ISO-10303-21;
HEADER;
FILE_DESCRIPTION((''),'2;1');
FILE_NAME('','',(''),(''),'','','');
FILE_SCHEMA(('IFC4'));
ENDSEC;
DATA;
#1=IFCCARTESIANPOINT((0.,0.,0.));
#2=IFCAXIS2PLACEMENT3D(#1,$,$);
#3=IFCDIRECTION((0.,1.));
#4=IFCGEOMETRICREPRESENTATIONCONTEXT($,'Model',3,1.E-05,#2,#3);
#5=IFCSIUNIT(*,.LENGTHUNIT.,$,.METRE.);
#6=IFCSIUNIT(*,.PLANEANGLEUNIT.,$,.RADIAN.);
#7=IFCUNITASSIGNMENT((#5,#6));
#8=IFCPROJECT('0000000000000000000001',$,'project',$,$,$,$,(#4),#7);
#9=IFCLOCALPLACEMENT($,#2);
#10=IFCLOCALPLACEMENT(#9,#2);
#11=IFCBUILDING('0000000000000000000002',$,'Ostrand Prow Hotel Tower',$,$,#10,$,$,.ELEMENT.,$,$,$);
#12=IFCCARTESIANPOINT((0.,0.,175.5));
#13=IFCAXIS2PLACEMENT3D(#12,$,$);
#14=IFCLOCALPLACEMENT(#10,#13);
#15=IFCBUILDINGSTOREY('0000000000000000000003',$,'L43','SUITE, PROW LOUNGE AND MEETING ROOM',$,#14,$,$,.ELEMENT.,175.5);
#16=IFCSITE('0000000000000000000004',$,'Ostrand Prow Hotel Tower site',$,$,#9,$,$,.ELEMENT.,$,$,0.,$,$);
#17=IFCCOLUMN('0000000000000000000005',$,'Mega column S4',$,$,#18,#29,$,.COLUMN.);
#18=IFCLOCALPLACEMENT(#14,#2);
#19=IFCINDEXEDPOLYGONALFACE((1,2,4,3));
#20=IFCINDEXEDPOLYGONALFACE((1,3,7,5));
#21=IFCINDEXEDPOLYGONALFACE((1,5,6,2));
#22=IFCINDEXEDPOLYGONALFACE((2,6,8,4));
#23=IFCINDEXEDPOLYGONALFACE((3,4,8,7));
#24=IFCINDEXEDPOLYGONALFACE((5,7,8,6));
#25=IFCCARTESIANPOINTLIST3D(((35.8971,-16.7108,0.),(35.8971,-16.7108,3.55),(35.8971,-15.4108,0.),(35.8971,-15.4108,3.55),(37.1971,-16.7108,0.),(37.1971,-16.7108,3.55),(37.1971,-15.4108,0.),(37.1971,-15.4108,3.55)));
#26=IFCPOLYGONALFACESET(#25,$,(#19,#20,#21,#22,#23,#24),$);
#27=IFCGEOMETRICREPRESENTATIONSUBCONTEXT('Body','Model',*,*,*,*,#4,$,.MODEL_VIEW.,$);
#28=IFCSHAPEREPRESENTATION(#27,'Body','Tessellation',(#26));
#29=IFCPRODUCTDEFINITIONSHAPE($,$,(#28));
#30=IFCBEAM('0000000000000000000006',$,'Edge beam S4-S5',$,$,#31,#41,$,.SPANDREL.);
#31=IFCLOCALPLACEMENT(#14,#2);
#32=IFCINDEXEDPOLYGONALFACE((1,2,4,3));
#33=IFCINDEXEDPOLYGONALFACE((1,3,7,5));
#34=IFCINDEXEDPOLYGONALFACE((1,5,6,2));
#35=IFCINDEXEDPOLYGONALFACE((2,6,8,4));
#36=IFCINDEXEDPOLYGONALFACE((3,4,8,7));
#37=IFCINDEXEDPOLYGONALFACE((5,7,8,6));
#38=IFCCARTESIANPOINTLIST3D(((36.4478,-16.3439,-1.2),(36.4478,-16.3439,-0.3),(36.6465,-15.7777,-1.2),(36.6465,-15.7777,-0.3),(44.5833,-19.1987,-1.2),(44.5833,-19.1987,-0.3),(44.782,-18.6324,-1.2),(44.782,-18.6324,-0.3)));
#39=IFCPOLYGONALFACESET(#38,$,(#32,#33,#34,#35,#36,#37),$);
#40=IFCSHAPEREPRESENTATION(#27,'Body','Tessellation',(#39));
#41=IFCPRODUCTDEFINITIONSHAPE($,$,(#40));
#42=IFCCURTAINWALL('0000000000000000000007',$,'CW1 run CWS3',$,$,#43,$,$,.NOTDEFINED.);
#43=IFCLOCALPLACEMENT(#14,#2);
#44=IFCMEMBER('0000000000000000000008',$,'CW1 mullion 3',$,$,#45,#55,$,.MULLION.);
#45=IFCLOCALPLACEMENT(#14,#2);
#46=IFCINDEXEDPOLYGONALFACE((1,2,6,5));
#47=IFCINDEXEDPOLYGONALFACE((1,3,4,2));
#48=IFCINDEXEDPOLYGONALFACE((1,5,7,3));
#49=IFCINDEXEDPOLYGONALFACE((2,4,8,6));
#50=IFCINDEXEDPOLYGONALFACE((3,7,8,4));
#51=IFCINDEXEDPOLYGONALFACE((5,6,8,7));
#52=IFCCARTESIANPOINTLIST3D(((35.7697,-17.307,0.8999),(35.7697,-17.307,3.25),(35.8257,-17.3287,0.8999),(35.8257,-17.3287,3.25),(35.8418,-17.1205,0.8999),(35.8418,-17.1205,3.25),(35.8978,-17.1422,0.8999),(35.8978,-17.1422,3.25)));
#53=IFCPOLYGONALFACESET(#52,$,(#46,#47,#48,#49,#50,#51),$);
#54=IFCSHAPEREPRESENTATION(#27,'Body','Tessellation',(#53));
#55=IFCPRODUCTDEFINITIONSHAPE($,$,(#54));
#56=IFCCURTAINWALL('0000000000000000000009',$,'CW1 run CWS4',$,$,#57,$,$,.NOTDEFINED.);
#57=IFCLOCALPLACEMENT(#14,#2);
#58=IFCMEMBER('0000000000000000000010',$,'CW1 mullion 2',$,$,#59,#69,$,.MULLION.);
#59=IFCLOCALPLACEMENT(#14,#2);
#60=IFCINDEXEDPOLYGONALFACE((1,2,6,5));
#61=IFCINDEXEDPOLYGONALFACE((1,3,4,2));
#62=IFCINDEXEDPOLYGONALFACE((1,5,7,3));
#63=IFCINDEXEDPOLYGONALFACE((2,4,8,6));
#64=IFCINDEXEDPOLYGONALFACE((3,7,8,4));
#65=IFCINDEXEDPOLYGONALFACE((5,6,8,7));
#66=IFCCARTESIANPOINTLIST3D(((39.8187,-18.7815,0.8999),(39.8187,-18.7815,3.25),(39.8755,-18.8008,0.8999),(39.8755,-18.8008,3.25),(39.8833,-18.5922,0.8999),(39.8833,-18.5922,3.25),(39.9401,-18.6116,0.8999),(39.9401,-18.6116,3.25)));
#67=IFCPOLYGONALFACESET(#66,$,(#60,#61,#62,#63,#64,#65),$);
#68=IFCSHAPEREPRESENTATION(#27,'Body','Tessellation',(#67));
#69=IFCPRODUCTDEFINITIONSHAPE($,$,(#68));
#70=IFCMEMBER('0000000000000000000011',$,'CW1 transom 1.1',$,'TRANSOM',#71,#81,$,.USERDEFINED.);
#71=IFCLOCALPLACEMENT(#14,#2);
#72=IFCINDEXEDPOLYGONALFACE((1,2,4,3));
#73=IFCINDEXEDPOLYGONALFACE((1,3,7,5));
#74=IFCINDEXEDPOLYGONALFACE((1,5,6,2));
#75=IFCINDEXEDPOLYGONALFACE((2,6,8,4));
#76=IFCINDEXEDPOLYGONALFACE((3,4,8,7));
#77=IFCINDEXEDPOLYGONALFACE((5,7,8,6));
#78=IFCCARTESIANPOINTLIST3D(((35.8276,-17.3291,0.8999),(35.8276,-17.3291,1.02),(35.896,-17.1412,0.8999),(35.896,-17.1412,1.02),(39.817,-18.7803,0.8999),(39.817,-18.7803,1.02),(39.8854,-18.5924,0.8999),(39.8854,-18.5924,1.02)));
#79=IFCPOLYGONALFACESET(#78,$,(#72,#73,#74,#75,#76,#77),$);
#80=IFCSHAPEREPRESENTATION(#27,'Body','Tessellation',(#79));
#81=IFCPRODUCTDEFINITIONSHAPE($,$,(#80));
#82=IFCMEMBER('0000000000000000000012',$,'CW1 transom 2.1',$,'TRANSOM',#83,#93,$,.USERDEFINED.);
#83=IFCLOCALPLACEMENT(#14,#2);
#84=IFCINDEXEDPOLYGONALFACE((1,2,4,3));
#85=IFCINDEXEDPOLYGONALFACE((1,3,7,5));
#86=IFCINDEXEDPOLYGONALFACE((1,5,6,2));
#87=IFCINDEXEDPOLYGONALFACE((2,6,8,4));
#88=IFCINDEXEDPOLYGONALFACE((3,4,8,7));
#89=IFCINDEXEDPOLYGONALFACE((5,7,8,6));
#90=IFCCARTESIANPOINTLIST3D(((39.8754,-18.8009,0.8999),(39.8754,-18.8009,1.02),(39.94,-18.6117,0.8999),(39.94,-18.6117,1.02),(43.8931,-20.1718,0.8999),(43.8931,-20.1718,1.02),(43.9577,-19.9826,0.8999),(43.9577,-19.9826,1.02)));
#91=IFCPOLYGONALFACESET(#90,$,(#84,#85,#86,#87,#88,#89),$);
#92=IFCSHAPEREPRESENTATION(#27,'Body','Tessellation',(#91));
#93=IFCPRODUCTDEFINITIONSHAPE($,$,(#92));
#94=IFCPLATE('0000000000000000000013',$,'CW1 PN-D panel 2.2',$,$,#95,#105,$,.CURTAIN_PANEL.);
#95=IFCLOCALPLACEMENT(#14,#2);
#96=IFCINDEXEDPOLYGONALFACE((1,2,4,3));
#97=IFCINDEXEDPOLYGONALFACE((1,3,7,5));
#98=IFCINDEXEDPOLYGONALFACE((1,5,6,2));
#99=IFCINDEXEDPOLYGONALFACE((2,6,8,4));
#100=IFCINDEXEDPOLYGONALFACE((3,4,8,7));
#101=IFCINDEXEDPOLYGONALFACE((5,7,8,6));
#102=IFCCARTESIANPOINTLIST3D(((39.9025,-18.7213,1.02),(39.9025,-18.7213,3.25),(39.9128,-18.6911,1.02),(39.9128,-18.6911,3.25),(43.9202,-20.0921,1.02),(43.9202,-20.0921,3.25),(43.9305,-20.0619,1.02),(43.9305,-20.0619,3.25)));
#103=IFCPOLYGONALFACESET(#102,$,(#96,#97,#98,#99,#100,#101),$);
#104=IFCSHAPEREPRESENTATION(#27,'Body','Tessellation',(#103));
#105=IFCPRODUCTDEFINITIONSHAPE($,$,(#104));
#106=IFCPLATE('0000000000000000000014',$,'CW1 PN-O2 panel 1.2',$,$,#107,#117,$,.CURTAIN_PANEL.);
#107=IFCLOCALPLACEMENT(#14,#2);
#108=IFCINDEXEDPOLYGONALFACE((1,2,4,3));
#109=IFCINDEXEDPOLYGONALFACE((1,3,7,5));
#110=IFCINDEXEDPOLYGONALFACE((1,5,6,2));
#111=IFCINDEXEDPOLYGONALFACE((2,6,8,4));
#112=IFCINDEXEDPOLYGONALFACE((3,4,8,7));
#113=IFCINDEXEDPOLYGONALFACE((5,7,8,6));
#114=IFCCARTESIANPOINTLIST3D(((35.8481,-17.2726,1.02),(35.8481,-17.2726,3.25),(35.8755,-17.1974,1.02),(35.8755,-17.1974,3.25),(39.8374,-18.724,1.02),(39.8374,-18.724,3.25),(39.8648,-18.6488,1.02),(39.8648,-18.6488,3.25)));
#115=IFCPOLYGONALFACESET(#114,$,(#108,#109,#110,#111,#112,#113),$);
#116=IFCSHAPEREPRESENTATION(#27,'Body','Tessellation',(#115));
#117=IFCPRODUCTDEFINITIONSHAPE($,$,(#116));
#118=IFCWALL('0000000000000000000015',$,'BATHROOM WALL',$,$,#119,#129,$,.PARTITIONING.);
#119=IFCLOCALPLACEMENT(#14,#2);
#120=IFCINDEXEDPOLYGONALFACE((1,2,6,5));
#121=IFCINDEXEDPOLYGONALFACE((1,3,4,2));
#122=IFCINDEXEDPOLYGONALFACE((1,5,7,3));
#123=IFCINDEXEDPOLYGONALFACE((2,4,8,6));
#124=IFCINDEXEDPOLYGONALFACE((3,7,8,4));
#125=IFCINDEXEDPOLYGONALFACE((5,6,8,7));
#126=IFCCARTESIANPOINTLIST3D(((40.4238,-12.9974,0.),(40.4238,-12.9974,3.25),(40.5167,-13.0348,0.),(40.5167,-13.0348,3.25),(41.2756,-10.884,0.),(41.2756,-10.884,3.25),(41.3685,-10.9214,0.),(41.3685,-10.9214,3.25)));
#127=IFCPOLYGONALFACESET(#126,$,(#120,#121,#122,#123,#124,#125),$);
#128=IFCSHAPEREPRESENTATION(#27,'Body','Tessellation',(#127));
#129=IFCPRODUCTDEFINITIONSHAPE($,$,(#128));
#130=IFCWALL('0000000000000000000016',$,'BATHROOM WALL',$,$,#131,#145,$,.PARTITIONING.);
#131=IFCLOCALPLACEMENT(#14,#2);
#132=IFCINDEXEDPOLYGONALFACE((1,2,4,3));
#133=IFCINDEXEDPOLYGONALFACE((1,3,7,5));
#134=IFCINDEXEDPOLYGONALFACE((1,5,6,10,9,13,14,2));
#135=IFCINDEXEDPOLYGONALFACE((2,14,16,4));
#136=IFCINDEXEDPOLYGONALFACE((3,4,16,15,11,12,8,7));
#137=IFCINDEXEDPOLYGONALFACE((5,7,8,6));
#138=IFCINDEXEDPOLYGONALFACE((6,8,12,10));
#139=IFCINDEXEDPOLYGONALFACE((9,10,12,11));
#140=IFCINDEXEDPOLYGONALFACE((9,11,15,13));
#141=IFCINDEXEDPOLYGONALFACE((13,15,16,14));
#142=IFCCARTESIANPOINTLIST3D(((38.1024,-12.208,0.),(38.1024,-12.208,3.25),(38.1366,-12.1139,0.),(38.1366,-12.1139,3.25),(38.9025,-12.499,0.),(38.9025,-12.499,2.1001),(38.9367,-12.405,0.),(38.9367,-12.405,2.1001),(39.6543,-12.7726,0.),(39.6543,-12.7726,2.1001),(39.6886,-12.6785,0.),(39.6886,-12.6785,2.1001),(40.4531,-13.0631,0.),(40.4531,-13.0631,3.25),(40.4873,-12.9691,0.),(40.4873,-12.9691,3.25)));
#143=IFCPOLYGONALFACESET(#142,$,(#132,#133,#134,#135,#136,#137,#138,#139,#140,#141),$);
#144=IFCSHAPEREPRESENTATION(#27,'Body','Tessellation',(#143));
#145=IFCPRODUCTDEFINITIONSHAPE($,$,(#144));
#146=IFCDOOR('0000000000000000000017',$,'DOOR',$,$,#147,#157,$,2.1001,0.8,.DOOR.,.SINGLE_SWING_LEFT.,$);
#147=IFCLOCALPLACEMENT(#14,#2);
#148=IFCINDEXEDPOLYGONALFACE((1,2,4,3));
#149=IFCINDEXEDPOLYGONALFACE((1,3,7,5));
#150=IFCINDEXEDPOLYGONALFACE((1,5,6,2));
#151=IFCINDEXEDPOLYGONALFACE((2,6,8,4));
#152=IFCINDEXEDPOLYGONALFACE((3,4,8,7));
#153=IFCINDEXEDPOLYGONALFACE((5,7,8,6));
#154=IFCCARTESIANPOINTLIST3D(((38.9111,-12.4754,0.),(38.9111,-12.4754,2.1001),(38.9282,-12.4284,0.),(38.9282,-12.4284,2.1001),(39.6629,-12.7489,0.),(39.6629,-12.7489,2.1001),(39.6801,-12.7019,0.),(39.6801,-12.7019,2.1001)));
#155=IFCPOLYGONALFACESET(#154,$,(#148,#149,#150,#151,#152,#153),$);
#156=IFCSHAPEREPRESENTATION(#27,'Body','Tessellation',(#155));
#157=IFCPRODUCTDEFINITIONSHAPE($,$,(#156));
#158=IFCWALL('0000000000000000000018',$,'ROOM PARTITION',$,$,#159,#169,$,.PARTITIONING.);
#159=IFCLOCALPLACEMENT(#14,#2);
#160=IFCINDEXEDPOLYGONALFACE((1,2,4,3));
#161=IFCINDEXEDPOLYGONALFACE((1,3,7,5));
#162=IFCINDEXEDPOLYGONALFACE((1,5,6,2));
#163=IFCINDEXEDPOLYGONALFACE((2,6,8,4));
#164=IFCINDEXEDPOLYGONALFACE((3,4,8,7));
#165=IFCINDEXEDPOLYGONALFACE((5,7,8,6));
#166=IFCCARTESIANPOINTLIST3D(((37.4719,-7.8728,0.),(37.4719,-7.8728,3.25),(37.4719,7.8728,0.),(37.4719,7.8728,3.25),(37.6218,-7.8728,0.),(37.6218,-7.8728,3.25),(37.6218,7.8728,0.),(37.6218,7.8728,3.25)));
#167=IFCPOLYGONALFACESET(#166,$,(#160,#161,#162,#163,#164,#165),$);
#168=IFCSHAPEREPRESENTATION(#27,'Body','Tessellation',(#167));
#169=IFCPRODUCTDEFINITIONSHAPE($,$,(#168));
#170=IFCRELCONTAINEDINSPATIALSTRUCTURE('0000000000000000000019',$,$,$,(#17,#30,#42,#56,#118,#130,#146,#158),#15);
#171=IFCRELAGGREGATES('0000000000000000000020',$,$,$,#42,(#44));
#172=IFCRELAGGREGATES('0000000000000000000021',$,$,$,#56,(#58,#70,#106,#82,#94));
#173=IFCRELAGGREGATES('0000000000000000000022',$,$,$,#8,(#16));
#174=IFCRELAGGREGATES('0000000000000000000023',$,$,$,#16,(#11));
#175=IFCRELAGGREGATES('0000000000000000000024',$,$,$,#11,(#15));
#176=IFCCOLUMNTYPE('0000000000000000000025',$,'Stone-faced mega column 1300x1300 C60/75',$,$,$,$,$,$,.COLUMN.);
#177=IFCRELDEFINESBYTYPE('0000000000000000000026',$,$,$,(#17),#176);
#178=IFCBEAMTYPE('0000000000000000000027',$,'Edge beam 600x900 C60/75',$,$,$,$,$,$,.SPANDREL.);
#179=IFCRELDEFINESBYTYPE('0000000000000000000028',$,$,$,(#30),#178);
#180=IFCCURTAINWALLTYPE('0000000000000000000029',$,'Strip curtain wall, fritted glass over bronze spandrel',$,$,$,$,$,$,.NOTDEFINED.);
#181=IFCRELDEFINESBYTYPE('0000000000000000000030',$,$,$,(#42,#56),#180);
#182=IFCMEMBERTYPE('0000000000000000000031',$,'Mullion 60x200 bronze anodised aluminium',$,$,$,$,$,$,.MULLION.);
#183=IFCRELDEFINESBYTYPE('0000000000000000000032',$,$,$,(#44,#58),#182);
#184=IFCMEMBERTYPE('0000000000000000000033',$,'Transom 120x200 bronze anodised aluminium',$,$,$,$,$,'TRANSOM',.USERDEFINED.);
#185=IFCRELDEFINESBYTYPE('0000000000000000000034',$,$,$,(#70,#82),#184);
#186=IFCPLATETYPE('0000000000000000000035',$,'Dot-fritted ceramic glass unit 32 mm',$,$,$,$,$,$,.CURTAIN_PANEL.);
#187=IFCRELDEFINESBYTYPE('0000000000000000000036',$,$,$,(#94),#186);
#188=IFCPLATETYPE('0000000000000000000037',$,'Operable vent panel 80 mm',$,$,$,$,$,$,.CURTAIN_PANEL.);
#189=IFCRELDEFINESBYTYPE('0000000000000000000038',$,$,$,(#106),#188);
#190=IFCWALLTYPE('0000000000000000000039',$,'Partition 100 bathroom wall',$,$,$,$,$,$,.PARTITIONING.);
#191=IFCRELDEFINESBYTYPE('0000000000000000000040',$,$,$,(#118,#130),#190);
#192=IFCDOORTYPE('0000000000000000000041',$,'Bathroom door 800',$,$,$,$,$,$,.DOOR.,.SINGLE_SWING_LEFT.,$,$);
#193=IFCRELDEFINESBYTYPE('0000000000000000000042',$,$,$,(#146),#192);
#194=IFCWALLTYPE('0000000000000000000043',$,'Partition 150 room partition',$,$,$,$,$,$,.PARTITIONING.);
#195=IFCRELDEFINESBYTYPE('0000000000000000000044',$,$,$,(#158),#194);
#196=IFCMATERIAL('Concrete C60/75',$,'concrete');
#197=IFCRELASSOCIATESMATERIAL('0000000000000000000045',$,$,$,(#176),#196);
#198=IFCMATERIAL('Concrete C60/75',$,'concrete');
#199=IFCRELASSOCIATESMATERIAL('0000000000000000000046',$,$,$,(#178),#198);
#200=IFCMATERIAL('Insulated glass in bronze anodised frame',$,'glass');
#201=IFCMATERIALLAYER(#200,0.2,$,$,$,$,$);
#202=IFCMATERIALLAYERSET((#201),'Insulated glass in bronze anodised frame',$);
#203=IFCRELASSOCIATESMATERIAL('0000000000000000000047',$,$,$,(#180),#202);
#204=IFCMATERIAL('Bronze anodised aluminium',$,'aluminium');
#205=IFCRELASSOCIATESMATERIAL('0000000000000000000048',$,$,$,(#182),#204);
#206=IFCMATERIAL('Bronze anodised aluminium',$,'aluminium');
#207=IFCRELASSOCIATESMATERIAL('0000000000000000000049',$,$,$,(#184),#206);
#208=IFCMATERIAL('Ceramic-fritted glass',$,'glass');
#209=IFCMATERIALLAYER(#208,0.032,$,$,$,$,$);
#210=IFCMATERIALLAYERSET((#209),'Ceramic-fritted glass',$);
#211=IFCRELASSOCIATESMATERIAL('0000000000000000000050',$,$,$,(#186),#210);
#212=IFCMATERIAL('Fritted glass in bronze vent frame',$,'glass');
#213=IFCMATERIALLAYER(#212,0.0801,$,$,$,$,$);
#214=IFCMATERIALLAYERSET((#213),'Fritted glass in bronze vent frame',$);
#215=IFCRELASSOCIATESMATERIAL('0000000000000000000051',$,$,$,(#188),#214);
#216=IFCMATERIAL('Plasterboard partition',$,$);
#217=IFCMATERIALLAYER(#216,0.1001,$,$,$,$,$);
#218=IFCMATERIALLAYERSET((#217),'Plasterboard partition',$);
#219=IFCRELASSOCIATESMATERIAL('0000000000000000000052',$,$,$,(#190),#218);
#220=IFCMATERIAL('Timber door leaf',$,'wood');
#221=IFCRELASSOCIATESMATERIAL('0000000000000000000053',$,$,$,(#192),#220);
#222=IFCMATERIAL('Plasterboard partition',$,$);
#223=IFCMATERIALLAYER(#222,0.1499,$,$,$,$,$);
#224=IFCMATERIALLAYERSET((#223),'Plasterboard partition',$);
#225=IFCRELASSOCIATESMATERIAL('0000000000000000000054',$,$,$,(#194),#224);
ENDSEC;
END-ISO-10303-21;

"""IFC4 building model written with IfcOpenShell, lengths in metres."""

from ifc_helpers import new_model, si_unit, direction, frame, frame_2d, origin, origin_2d, place, context, subcontext, project, spatial, rectangle, extrude, material, layer, layer_set, material_profile, profile_set, type_object, element, fill, aggregate, save


model = new_model("IFC4")

# Units and contexts
model_context = context("Model", 3, precision=1e-05, world=origin(), true_north=direction((0.0, 1.0)))
body_context = subcontext(model_context, "Body", "Model", "MODEL_VIEW")
ifc_project = project(units=[si_unit("LENGTHUNIT", "METRE"), si_unit("PLANEANGLEUNIT", "RADIAN")], contexts=[model_context])

# Site, building, storey
site_placement = place(None, origin())
site = spatial("IfcSite", under=ifc_project, at=site_placement, Name="Ostrand Prow Hotel Tower site", CompositionType="ELEMENT", RefElevation=0.0)
building_placement = place(site_placement, origin())
building = spatial("IfcBuilding", under=site, at=building_placement, Name="Ostrand Prow Hotel Tower", CompositionType="ELEMENT")
storey_placement = place(building_placement, frame((0.0, 0.0, 175.5)))
storey = spatial("IfcBuildingStorey", under=building, at=storey_placement, Name="L43", Description="SUITE, PROW LOUNGE AND MEETING ROOM", CompositionType="ELEMENT", Elevation=175.5)

# Column
ifc_material_1 = material(Name="Concrete C60/75", Category="concrete")
ifc_material_profile_1 = material_profile(ifc_material_1, rectangle(XDim=1.3, YDim=1.3, at=origin_2d()), Name="RC 1300x1300")
ifc_profile_set_1 = profile_set([ifc_material_profile_1], Name="Concrete C60/75")
column_type = type_object("IfcColumnType", Name="Stone-faced mega column 1300x1300 C60/75", PredefinedType="COLUMN", material=ifc_profile_set_1)
column_placement = place(storey_placement, frame((36.5471, -16.0608, 0.0), z_axis=(0.0, 0.0, 1.0), x_axis=(1.0, 0.0, 0.0)))
element("IfcColumn", 1, at=column_placement, inside=storey, type_object=column_type, Name="Mega column S4", PredefinedType="COLUMN", context=body_context, shape_type="SweptSolid", body=[
    extrude(rectangle(XDim=1.3, YDim=1.3, at=origin_2d()), origin(), (0.0, 0.0, 1.0), 3.55),
])

# Beam
ifc_material_2 = material(Name="Concrete C60/75", Category="concrete")
ifc_material_profile_2 = material_profile(ifc_material_2, rectangle(XDim=0.6001, YDim=0.8999, at=origin_2d()), Name="RC 600x900")
ifc_profile_set_2 = profile_set([ifc_material_profile_2], Name="Concrete C60/75")
beam_type = type_object("IfcBeamType", Name="Edge beam 600x900 C60/75", PredefinedType="SPANDREL", material=ifc_profile_set_2)
beam_placement = place(storey_placement, frame((36.5471, -16.0608, -0.75), z_axis=(0.943594, -0.331106, 0.0), x_axis=(0.331106, 0.943594, 0.0)))
element("IfcBeam", 2, at=beam_placement, inside=storey, type_object=beam_type, Name="Edge beam S4-S5", PredefinedType="SPANDREL", context=body_context, shape_type="SweptSolid", body=[
    extrude(rectangle(XDim=0.6001, YDim=0.8999, at=origin_2d()), origin(), (0.0, 0.0, 1.0), 8.6218),
])

# Curtain wall, member
ifc_material_3 = material(Name="Insulated glass in bronze anodised frame", Category="glass")
ifc_layer_1 = layer(ifc_material_3, 0.2)
ifc_layer_set_1 = layer_set([ifc_layer_1], Name="Insulated glass in bronze anodised frame")
curtain_wall_type = type_object("IfcCurtainWallType", Name="Strip curtain wall, fritted glass over bronze spandrel", PredefinedType="NOTDEFINED", material=ifc_layer_set_1)
curtain_wall_1_placement = place(storey_placement, origin())
curtain_wall_1 = element("IfcCurtainWall", 3, at=curtain_wall_1_placement, inside=storey, type_object=curtain_wall_type, Name="CW1 run CWS3", PredefinedType="NOTDEFINED")
ifc_material_4 = material(Name="Bronze anodised aluminium", Category="aluminium")
ifc_material_profile_3 = material_profile(ifc_material_4, rectangle(XDim=0.2, YDim=0.0601, at=origin_2d()), Name="Mullion 60x200 bronze anodised aluminium")
ifc_profile_set_3 = profile_set([ifc_material_profile_3], Name="Bronze anodised aluminium")
member_type_1 = type_object("IfcMemberType", Name="Mullion 60x200 bronze anodised aluminium", PredefinedType="MULLION", material=ifc_profile_set_3)
member_1_placement = place(storey_placement, frame((35.8337, -17.2246, 0.8999), z_axis=(0.0, 0.0, 1.0), x_axis=(0.360749, 0.932663, 0.0)))
member_1 = element("IfcMember", 4, at=member_1_placement, type_object=member_type_1, Name="CW1 mullion 3", PredefinedType="MULLION", context=body_context, shape_type="SweptSolid", body=[
    extrude(rectangle(XDim=0.2, YDim=0.0601, at=origin_2d()), origin(), (0.0, 0.0, 1.0), 2.3501),
])
aggregate(curtain_wall_1, [member_1])

# Curtain wall, members, plates
curtain_wall_2_placement = place(storey_placement, origin())
curtain_wall_2 = element("IfcCurtainWall", 5, at=curtain_wall_2_placement, inside=storey, type_object=curtain_wall_type, Name="CW1 run CWS4", PredefinedType="NOTDEFINED")
member_2_placement = place(storey_placement, frame((39.8794, -18.6965, 0.8999), z_axis=(0.0, 0.0, 1.0), x_axis=(0.322908, 0.94643, 0.0)))
member_2 = element("IfcMember", 6, at=member_2_placement, type_object=member_type_1, Name="CW1 mullion 2", PredefinedType="MULLION", context=body_context, shape_type="SweptSolid", body=[
    extrude(rectangle(XDim=0.2, YDim=0.0601, at=origin_2d()), origin(), (0.0, 0.0, 1.0), 2.3501),
])
ifc_material_5 = material(Name="Bronze anodised aluminium", Category="aluminium")
ifc_material_profile_4 = material_profile(ifc_material_5, rectangle(XDim=0.2, YDim=0.1201, at=origin_2d()), Name="Transom 120x200 bronze anodised aluminium")
ifc_profile_set_4 = profile_set([ifc_material_profile_4], Name="Bronze anodised aluminium")
member_type_2 = type_object("IfcMemberType", Name="Transom 120x200 bronze anodised aluminium", ElementType="TRANSOM", PredefinedType="USERDEFINED", material=ifc_profile_set_4)
member_3_placement = place(storey_placement, frame((35.8618, -17.2351, 0.96), z_axis=(0.939753, -0.341854, 0.0), x_axis=(0.341854, 0.939753, 0.0)))
member_3 = element("IfcMember", 7, at=member_3_placement, type_object=member_type_2, Name="CW1 transom 1.1", ObjectType="TRANSOM", PredefinedType="USERDEFINED", context=body_context, shape_type="SweptSolid", body=[
    extrude(rectangle(XDim=0.2, YDim=0.1201, at=origin_2d()), origin(), (0.0, 0.0, 1.0), 4.2451),
])
member_4_placement = place(storey_placement, frame((39.9077, -18.7063, 0.96), z_axis=(0.946422, -0.322932, 0.0), x_axis=(0.322932, 0.946422, 0.0)))
member_4 = element("IfcMember", 8, at=member_4_placement, type_object=member_type_2, Name="CW1 transom 2.1", ObjectType="TRANSOM", PredefinedType="USERDEFINED", context=body_context, shape_type="SweptSolid", body=[
    extrude(rectangle(XDim=0.2, YDim=0.1201, at=origin_2d()), origin(), (0.0, 0.0, 1.0), 4.2451),
])
ifc_material_6 = material(Name="Ceramic-fritted glass", Category="glass")
ifc_layer_2 = layer(ifc_material_6, 0.032)
ifc_layer_set_2 = layer_set([ifc_layer_2], Name="Ceramic-fritted glass")
plate_type_1 = type_object("IfcPlateType", Name="Dot-fritted ceramic glass unit 32 mm", PredefinedType="CURTAIN_PANEL", material=ifc_layer_set_2)
plate_1_placement = place(storey_placement, frame((41.9165, -19.3916, 1.02), z_axis=(0.0, 0.0, 1.0), x_axis=(0.94643, -0.322908, 0.0)))
plate_1 = element("IfcPlate", 9, at=plate_1_placement, type_object=plate_type_1, Name="CW1 PN-D panel 2.2", PredefinedType="CURTAIN_PANEL", context=body_context, shape_type="SweptSolid", body=[
    extrude(rectangle(XDim=4.2451, YDim=0.032, at=origin_2d()), origin(), (0.0, 0.0, 1.0), 2.23),
])
ifc_material_7 = material(Name="Fritted glass in bronze vent frame", Category="glass")
ifc_layer_3 = layer(ifc_material_7, 0.0801)
ifc_layer_set_3 = layer_set([ifc_layer_3], Name="Fritted glass in bronze vent frame")
plate_type_2 = type_object("IfcPlateType", Name="Operable vent panel 80 mm", PredefinedType="CURTAIN_PANEL", material=ifc_layer_set_3)
plate_2_placement = place(storey_placement, frame((37.8564, -17.9607, 1.02), z_axis=(0.0, 0.0, 1.0), x_axis=(0.939737, -0.341897, 0.0)))
plate_2 = element("IfcPlate", 10, at=plate_2_placement, type_object=plate_type_2, Name="CW1 PN-O2 panel 1.2", PredefinedType="CURTAIN_PANEL", context=body_context, shape_type="SweptSolid", body=[
    extrude(rectangle(XDim=4.2451, YDim=0.0801, at=origin_2d()), origin(), (0.0, 0.0, 1.0), 2.23),
])
aggregate(curtain_wall_2, [member_2, member_3, plate_2, member_4, plate_1])

# Wall
ifc_material_8 = material(Name="Plasterboard partition")
ifc_layer_4 = layer(ifc_material_8, 0.1001)
ifc_layer_set_4 = layer_set([ifc_layer_4], Name="Plasterboard partition")
wall_type_1 = type_object("IfcWallType", Name="Partition 100 bathroom wall", PredefinedType="PARTITIONING", material=ifc_layer_set_4)
wall_1_placement = place(storey_placement, frame((41.322, -10.9028, 0.0), z_axis=(0.0, 0.0, 1.0), x_axis=(-0.373846, -0.927491, 0.0)))
element("IfcWall", 11, at=wall_1_placement, inside=storey, type_object=wall_type_1, Name="BATHROOM WALL", PredefinedType="PARTITIONING", context=body_context, shape_type="SweptSolid", body=[
    extrude(rectangle(XDim=2.2786, YDim=0.1001, at=frame_2d((1.1392, 0.0))), origin(), (0.0, 0.0, 1.0), 3.25),
])

# Wall, opening, door
wall_2_placement = place(storey_placement, frame((40.4702, -13.0161, 0.0), z_axis=(0.0, 0.0, 1.0), x_axis=(-0.939745, 0.341876, 0.0)))
wall_2 = element("IfcWall", 12, at=wall_2_placement, inside=storey, type_object=wall_type_1, Name="BATHROOM WALL", PredefinedType="PARTITIONING", context=body_context, shape_type="SweptSolid", body=[
    extrude(rectangle(XDim=2.5015, YDim=0.1001, at=frame_2d((1.2507, 0.0))), origin(), (0.0, 0.0, 1.0), 3.25),
])
opening_1_placement = place(wall_2_placement, frame((0.8501, 0.0, 0.0)))
opening_1 = element("IfcOpeningElement", 13, at=opening_1_placement, cuts=wall_2, PredefinedType="OPENING", context=body_context, shape_type="SweptSolid", body=[
    extrude(rectangle(XDim=0.8, YDim=2.1001, at=frame_2d((0.3999, 1.05))), frame((0.0, 0.0601, 0.0), z_axis=(0.0, -1.0, 0.0), x_axis=(1.0, 0.0, 0.0)), (0.0, 0.0, 1.0), 0.1201),
])
ifc_material_9 = material(Name="Timber door leaf", Category="wood")
door_type_1 = type_object("IfcDoorType", Name="Bathroom door 800", OperationType="SINGLE_SWING_LEFT", PredefinedType="DOOR", material=ifc_material_9)
door_1_placement = place(opening_1_placement, origin())
door_1 = element("IfcDoor", 14, at=door_1_placement, inside=storey, type_object=door_type_1, Name="DOOR", OperationType="SINGLE_SWING_LEFT", OverallHeight=2.1001, OverallWidth=0.8, PredefinedType="DOOR", context=body_context, shape_type="SweptSolid", body=[
    extrude(rectangle(XDim=0.8, YDim=2.1001, at=frame_2d((0.3999, 1.05))), frame((0.0, 0.0249, 0.0), z_axis=(0.0, -1.0, 0.0), x_axis=(1.0, 0.0, 0.0)), (0.0, 0.0, 1.0), 0.05),
])
fill(opening_1, door_1)

# Wall
ifc_material_10 = material(Name="Plasterboard partition")
ifc_layer_5 = layer(ifc_material_10, 0.1499)
ifc_layer_set_5 = layer_set([ifc_layer_5], Name="Plasterboard partition")
wall_type_2 = type_object("IfcWallType", Name="Partition 150 room partition", PredefinedType="PARTITIONING", material=ifc_layer_set_5)
wall_3_placement = place(storey_placement, frame((37.5469, -7.8728, 0.0), z_axis=(0.0, 0.0, 1.0), x_axis=(0.0, 1.0, 0.0)))
element("IfcWall", 15, at=wall_3_placement, inside=storey, type_object=wall_type_2, Name="ROOM PARTITION", PredefinedType="PARTITIONING", context=body_context, shape_type="SweptSolid", body=[
    extrude(rectangle(XDim=15.7456, YDim=0.1499, at=frame_2d((7.8728, 0.0))), origin(), (0.0, 0.0, 1.0), 3.25),
])

save(model, "model.ifc")
